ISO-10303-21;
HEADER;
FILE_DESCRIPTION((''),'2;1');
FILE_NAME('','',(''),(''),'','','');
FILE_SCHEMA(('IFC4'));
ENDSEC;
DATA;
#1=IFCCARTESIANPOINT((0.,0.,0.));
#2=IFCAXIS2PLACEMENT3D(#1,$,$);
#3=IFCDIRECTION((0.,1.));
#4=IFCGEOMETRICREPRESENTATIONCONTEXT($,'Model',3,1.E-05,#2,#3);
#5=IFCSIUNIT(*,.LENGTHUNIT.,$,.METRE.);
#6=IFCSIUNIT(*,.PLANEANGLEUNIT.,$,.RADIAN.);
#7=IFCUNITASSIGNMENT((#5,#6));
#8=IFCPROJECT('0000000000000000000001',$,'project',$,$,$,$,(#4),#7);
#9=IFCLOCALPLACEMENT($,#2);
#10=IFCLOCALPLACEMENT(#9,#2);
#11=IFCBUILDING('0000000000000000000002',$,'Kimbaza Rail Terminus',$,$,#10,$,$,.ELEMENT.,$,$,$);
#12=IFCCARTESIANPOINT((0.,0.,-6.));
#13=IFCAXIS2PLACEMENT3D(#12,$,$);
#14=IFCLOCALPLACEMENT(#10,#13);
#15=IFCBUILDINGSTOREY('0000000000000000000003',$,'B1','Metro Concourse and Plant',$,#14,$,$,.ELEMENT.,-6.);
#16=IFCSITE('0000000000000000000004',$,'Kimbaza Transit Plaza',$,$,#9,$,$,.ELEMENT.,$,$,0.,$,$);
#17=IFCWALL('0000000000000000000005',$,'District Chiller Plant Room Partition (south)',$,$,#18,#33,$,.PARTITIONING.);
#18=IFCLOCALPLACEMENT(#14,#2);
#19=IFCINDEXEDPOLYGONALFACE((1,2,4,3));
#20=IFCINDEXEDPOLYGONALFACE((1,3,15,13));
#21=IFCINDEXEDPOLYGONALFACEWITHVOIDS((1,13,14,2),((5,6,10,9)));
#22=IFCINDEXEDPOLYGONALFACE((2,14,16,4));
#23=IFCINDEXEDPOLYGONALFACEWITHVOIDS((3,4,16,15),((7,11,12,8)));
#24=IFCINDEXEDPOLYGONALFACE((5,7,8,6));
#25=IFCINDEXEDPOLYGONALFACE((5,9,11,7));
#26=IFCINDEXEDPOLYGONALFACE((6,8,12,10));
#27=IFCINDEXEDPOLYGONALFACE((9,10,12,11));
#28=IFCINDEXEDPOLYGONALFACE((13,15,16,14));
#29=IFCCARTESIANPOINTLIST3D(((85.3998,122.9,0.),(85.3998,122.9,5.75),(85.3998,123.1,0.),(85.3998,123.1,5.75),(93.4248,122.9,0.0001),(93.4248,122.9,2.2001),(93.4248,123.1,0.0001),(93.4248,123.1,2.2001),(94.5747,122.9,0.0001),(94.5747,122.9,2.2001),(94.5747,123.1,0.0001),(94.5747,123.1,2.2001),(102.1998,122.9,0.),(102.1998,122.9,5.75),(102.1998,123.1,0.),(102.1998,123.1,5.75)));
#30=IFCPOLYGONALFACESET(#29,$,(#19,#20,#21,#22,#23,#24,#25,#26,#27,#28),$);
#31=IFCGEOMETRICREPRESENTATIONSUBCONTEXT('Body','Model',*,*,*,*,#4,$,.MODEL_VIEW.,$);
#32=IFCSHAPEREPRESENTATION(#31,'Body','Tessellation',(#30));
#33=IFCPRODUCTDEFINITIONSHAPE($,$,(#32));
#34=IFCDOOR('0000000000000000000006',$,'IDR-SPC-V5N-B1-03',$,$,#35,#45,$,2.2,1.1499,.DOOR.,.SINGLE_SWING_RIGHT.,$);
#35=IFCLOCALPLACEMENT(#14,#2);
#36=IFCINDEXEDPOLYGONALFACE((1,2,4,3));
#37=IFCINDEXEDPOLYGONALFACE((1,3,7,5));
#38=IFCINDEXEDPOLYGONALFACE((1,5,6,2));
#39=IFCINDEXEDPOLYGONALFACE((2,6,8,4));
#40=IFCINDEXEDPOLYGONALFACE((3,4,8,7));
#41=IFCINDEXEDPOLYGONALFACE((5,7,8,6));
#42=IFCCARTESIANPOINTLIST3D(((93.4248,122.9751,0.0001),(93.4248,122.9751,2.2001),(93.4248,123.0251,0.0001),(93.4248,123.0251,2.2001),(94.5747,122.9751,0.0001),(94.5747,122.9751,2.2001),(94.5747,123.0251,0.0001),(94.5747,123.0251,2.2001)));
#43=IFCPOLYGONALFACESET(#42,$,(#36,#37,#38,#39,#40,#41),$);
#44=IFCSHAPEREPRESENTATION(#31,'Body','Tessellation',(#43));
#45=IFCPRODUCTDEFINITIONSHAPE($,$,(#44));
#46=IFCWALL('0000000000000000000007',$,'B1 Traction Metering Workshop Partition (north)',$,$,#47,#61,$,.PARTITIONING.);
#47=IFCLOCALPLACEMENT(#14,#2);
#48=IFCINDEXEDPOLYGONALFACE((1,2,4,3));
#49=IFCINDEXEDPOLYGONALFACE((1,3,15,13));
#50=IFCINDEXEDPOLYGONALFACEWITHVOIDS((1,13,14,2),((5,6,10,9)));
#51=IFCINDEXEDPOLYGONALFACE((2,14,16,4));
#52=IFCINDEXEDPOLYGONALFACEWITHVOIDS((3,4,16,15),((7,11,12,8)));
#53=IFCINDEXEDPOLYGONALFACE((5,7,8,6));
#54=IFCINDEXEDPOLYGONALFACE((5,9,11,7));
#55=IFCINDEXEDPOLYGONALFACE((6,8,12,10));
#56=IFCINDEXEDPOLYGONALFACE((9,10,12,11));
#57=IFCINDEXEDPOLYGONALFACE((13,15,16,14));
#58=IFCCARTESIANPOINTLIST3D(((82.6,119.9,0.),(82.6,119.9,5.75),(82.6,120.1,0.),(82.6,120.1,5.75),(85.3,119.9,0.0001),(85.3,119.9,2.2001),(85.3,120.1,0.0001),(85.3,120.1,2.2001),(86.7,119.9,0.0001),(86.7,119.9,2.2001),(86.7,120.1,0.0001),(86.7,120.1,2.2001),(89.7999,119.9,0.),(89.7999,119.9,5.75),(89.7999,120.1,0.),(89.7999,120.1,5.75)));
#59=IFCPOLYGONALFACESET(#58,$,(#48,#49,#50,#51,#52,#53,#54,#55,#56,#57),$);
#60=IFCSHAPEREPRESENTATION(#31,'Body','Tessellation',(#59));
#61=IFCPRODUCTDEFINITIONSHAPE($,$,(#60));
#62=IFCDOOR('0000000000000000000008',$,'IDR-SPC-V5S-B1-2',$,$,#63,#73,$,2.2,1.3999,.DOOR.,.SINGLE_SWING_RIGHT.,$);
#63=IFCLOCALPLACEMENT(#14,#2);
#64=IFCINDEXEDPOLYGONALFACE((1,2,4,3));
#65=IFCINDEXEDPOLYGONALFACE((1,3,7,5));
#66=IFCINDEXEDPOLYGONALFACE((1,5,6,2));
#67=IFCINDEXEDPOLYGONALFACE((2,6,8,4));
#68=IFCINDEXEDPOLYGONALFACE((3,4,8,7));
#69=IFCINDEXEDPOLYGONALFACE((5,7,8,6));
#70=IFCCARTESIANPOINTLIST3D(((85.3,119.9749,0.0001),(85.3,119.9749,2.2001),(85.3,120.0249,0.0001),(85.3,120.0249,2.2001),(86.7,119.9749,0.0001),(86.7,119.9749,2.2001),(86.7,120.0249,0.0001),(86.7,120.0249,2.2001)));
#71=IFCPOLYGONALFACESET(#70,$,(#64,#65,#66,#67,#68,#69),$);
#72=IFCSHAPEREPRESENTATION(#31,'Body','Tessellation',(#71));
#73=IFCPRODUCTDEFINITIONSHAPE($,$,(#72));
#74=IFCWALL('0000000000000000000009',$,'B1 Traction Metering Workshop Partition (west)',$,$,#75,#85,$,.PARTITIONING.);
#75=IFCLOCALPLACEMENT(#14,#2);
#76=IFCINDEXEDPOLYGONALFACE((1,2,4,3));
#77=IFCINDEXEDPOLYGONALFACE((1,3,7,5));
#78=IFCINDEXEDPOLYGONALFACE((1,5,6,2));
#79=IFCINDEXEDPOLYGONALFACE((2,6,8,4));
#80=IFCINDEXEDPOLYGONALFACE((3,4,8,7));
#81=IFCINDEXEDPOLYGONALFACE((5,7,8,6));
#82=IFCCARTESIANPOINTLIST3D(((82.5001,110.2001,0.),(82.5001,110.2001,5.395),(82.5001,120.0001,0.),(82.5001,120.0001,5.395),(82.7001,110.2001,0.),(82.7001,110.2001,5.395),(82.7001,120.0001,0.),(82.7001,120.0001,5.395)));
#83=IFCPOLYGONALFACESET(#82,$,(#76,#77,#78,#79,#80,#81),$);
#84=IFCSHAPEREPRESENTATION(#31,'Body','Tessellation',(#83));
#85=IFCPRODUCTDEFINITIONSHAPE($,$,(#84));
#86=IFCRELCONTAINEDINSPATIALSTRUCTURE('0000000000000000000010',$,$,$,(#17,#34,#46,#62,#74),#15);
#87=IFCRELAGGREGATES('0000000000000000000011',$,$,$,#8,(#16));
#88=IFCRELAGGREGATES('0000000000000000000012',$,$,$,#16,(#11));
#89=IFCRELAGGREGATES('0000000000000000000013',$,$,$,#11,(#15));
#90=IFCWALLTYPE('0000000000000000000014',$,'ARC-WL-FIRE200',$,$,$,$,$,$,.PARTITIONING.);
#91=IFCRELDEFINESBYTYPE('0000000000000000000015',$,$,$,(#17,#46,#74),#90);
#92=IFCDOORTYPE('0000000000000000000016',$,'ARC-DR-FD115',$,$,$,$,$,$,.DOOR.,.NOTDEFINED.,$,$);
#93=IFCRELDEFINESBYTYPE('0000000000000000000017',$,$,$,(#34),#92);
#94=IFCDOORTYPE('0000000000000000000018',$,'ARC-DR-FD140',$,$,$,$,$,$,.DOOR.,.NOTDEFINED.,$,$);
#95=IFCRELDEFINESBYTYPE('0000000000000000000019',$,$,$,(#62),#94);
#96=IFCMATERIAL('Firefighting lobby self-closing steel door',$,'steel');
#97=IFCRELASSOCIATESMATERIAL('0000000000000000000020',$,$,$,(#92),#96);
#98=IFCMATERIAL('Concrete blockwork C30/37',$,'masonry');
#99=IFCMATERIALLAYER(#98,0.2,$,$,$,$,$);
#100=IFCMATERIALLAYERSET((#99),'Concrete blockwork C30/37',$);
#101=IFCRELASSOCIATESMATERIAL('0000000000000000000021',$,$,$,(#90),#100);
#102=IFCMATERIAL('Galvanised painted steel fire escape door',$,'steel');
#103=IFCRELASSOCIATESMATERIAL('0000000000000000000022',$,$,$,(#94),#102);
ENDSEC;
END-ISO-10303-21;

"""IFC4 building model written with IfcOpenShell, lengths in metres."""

from ifc_helpers import new_model, si_unit, direction, frame, frame_2d, origin, place, context, subcontext, project, spatial, rectangle, extrude, material, layer, layer_set, type_object, element, fill, save


model = new_model("IFC4")

# Units and contexts
model_context = context("Model", 3, precision=1e-05, world=origin(), true_north=direction((0.0, 1.0)))
body_context = subcontext(model_context, "Body", "Model", "MODEL_VIEW")
ifc_project = project(units=[si_unit("LENGTHUNIT", "METRE"), si_unit("PLANEANGLEUNIT", "RADIAN")], contexts=[model_context])

# Site, building, storey
site_placement = place(None, origin())
site = spatial("IfcSite", under=ifc_project, at=site_placement, Name="Kimbaza Transit Plaza", CompositionType="ELEMENT", RefElevation=0.0)
building_placement = place(site_placement, origin())
building = spatial("IfcBuilding", under=site, at=building_placement, Name="Kimbaza Rail Terminus", CompositionType="ELEMENT")
storey_placement = place(building_placement, frame((0.0, 0.0, -6.0)))
storey = spatial("IfcBuildingStorey", under=building, at=storey_placement, Name="B1", Description="Metro Concourse and Plant", CompositionType="ELEMENT", Elevation=-6.0)

# Shared definitions
ifc_material_1 = material(Name="Firefighting lobby self-closing steel door", Category="steel")
door_type_1 = type_object("IfcDoorType", Name="ARC-DR-FD115", OperationType="NOTDEFINED", PredefinedType="DOOR", material=ifc_material_1)

# Walls, openings, doors
ifc_material_2 = material(Name="Concrete blockwork C30/37", Category="masonry")
ifc_layer_1 = layer(ifc_material_2, 0.2)
ifc_layer_set_1 = layer_set([ifc_layer_1], Name="Concrete blockwork C30/37")
wall_type_1 = type_object("IfcWallType", Name="ARC-WL-FIRE200", PredefinedType="PARTITIONING", material=ifc_layer_set_1)
wall_1_placement = place(storey_placement, frame((85.3999, 123.0, 0.0), z_axis=(0.0, 0.0, 1.0), x_axis=(1.0, 0.0, 0.0)))
wall_1 = element("IfcWall", 1, at=wall_1_placement, inside=storey, type_object=wall_type_1, Name="District Chiller Plant Room Partition (south)", PredefinedType="PARTITIONING", context=body_context, shape_type="SweptSolid", body=[
    extrude(rectangle(XDim=16.8, YDim=0.2, at=frame_2d((8.3999, 0.0))), origin(), (0.0, 0.0, 1.0), 5.75),
])
opening_1_placement = place(wall_1_placement, frame((9.1748, 0.0, 0.0), z_axis=(0.0, 0.0, 1.0), x_axis=(-1.0, 0.0, 0.0)))
opening_1 = element("IfcOpeningElement", 2, at=opening_1_placement, cuts=wall_1, PredefinedType="OPENING", context=body_context, shape_type="SweptSolid", body=[
    extrude(rectangle(XDim=1.1499, YDim=2.2, at=frame_2d((0.575, 1.1001))), frame((0.0, 0.1099, 0.0), z_axis=(0.0, -1.0, 0.0), x_axis=(1.0, 0.0, 0.0)), (0.0, 0.0, 1.0), 0.22),
])
door_1_placement = place(opening_1_placement, origin())
door_1 = element("IfcDoor", 3, at=door_1_placement, inside=storey, type_object=door_type_1, Name="IDR-SPC-V5N-B1-03", OperationType="SINGLE_SWING_RIGHT", OverallHeight=2.2, OverallWidth=1.1499, PredefinedType="DOOR", context=body_context, shape_type="SweptSolid", body=[
    extrude(rectangle(XDim=1.1499, YDim=2.2, at=frame_2d((0.575, 1.1001))), frame((0.0, 0.0249, 0.0), z_axis=(0.0, -1.0, 0.0), x_axis=(1.0, 0.0, 0.0)), (0.0, 0.0, 1.0), 0.05),
])
fill(opening_1, door_1)
wall_2_placement = place(storey_placement, frame((89.8, 120.0, 0.0), z_axis=(0.0, 0.0, 1.0), x_axis=(-1.0, 0.0, 0.0)))
wall_2 = element("IfcWall", 4, at=wall_2_placement, inside=storey, type_object=wall_type_1, Name="B1 Traction Metering Workshop Partition (north)", PredefinedType="PARTITIONING", context=body_context, shape_type="SweptSolid", body=[
    extrude(rectangle(XDim=7.2, YDim=0.2, at=frame_2d((3.6001, 0.0))), origin(), (0.0, 0.0, 1.0), 5.75),
])
opening_2_placement = place(wall_2_placement, frame((4.5, 0.0, 0.0), z_axis=(0.0, 0.0, 1.0), x_axis=(-1.0, 0.0, 0.0)))
opening_2 = element("IfcOpeningElement", 5, at=opening_2_placement, cuts=wall_2, PredefinedType="OPENING", context=body_context, shape_type="SweptSolid", body=[
    extrude(rectangle(XDim=1.3999, YDim=2.2, at=frame_2d((0.7, 1.1001))), frame((0.0, 0.1099, 0.0), z_axis=(0.0, -1.0, 0.0), x_axis=(1.0, 0.0, 0.0)), (0.0, 0.0, 1.0), 0.22),
])
ifc_material_3 = material(Name="Galvanised painted steel fire escape door", Category="steel")
door_type_2 = type_object("IfcDoorType", Name="ARC-DR-FD140", OperationType="NOTDEFINED", PredefinedType="DOOR", material=ifc_material_3)
door_2_placement = place(opening_2_placement, origin())
door_2 = element("IfcDoor", 6, at=door_2_placement, inside=storey, type_object=door_type_2, Name="IDR-SPC-V5S-B1-2", OperationType="SINGLE_SWING_RIGHT", OverallHeight=2.2, OverallWidth=1.3999, PredefinedType="DOOR", context=body_context, shape_type="SweptSolid", body=[
    extrude(rectangle(XDim=1.3999, YDim=2.2, at=frame_2d((0.7, 1.1001))), frame((0.0, 0.0249, 0.0), z_axis=(0.0, -1.0, 0.0), x_axis=(1.0, 0.0, 0.0)), (0.0, 0.0, 1.0), 0.05),
])
fill(opening_2, door_2)

# Wall
wall_3_placement = place(storey_placement, frame((82.6001, 120.0, 0.0), z_axis=(0.0, 0.0, 1.0), x_axis=(0.0, -1.0, 0.0)))
element("IfcWall", 7, at=wall_3_placement, inside=storey, type_object=wall_type_1, Name="B1 Traction Metering Workshop Partition (west)", PredefinedType="PARTITIONING", context=body_context, shape_type="SweptSolid", body=[
    extrude(rectangle(XDim=9.8, YDim=0.2, at=frame_2d((4.8999, 0.0))), origin(), (0.0, 0.0, 1.0), 5.395),
])

save(model, "model.ifc")
